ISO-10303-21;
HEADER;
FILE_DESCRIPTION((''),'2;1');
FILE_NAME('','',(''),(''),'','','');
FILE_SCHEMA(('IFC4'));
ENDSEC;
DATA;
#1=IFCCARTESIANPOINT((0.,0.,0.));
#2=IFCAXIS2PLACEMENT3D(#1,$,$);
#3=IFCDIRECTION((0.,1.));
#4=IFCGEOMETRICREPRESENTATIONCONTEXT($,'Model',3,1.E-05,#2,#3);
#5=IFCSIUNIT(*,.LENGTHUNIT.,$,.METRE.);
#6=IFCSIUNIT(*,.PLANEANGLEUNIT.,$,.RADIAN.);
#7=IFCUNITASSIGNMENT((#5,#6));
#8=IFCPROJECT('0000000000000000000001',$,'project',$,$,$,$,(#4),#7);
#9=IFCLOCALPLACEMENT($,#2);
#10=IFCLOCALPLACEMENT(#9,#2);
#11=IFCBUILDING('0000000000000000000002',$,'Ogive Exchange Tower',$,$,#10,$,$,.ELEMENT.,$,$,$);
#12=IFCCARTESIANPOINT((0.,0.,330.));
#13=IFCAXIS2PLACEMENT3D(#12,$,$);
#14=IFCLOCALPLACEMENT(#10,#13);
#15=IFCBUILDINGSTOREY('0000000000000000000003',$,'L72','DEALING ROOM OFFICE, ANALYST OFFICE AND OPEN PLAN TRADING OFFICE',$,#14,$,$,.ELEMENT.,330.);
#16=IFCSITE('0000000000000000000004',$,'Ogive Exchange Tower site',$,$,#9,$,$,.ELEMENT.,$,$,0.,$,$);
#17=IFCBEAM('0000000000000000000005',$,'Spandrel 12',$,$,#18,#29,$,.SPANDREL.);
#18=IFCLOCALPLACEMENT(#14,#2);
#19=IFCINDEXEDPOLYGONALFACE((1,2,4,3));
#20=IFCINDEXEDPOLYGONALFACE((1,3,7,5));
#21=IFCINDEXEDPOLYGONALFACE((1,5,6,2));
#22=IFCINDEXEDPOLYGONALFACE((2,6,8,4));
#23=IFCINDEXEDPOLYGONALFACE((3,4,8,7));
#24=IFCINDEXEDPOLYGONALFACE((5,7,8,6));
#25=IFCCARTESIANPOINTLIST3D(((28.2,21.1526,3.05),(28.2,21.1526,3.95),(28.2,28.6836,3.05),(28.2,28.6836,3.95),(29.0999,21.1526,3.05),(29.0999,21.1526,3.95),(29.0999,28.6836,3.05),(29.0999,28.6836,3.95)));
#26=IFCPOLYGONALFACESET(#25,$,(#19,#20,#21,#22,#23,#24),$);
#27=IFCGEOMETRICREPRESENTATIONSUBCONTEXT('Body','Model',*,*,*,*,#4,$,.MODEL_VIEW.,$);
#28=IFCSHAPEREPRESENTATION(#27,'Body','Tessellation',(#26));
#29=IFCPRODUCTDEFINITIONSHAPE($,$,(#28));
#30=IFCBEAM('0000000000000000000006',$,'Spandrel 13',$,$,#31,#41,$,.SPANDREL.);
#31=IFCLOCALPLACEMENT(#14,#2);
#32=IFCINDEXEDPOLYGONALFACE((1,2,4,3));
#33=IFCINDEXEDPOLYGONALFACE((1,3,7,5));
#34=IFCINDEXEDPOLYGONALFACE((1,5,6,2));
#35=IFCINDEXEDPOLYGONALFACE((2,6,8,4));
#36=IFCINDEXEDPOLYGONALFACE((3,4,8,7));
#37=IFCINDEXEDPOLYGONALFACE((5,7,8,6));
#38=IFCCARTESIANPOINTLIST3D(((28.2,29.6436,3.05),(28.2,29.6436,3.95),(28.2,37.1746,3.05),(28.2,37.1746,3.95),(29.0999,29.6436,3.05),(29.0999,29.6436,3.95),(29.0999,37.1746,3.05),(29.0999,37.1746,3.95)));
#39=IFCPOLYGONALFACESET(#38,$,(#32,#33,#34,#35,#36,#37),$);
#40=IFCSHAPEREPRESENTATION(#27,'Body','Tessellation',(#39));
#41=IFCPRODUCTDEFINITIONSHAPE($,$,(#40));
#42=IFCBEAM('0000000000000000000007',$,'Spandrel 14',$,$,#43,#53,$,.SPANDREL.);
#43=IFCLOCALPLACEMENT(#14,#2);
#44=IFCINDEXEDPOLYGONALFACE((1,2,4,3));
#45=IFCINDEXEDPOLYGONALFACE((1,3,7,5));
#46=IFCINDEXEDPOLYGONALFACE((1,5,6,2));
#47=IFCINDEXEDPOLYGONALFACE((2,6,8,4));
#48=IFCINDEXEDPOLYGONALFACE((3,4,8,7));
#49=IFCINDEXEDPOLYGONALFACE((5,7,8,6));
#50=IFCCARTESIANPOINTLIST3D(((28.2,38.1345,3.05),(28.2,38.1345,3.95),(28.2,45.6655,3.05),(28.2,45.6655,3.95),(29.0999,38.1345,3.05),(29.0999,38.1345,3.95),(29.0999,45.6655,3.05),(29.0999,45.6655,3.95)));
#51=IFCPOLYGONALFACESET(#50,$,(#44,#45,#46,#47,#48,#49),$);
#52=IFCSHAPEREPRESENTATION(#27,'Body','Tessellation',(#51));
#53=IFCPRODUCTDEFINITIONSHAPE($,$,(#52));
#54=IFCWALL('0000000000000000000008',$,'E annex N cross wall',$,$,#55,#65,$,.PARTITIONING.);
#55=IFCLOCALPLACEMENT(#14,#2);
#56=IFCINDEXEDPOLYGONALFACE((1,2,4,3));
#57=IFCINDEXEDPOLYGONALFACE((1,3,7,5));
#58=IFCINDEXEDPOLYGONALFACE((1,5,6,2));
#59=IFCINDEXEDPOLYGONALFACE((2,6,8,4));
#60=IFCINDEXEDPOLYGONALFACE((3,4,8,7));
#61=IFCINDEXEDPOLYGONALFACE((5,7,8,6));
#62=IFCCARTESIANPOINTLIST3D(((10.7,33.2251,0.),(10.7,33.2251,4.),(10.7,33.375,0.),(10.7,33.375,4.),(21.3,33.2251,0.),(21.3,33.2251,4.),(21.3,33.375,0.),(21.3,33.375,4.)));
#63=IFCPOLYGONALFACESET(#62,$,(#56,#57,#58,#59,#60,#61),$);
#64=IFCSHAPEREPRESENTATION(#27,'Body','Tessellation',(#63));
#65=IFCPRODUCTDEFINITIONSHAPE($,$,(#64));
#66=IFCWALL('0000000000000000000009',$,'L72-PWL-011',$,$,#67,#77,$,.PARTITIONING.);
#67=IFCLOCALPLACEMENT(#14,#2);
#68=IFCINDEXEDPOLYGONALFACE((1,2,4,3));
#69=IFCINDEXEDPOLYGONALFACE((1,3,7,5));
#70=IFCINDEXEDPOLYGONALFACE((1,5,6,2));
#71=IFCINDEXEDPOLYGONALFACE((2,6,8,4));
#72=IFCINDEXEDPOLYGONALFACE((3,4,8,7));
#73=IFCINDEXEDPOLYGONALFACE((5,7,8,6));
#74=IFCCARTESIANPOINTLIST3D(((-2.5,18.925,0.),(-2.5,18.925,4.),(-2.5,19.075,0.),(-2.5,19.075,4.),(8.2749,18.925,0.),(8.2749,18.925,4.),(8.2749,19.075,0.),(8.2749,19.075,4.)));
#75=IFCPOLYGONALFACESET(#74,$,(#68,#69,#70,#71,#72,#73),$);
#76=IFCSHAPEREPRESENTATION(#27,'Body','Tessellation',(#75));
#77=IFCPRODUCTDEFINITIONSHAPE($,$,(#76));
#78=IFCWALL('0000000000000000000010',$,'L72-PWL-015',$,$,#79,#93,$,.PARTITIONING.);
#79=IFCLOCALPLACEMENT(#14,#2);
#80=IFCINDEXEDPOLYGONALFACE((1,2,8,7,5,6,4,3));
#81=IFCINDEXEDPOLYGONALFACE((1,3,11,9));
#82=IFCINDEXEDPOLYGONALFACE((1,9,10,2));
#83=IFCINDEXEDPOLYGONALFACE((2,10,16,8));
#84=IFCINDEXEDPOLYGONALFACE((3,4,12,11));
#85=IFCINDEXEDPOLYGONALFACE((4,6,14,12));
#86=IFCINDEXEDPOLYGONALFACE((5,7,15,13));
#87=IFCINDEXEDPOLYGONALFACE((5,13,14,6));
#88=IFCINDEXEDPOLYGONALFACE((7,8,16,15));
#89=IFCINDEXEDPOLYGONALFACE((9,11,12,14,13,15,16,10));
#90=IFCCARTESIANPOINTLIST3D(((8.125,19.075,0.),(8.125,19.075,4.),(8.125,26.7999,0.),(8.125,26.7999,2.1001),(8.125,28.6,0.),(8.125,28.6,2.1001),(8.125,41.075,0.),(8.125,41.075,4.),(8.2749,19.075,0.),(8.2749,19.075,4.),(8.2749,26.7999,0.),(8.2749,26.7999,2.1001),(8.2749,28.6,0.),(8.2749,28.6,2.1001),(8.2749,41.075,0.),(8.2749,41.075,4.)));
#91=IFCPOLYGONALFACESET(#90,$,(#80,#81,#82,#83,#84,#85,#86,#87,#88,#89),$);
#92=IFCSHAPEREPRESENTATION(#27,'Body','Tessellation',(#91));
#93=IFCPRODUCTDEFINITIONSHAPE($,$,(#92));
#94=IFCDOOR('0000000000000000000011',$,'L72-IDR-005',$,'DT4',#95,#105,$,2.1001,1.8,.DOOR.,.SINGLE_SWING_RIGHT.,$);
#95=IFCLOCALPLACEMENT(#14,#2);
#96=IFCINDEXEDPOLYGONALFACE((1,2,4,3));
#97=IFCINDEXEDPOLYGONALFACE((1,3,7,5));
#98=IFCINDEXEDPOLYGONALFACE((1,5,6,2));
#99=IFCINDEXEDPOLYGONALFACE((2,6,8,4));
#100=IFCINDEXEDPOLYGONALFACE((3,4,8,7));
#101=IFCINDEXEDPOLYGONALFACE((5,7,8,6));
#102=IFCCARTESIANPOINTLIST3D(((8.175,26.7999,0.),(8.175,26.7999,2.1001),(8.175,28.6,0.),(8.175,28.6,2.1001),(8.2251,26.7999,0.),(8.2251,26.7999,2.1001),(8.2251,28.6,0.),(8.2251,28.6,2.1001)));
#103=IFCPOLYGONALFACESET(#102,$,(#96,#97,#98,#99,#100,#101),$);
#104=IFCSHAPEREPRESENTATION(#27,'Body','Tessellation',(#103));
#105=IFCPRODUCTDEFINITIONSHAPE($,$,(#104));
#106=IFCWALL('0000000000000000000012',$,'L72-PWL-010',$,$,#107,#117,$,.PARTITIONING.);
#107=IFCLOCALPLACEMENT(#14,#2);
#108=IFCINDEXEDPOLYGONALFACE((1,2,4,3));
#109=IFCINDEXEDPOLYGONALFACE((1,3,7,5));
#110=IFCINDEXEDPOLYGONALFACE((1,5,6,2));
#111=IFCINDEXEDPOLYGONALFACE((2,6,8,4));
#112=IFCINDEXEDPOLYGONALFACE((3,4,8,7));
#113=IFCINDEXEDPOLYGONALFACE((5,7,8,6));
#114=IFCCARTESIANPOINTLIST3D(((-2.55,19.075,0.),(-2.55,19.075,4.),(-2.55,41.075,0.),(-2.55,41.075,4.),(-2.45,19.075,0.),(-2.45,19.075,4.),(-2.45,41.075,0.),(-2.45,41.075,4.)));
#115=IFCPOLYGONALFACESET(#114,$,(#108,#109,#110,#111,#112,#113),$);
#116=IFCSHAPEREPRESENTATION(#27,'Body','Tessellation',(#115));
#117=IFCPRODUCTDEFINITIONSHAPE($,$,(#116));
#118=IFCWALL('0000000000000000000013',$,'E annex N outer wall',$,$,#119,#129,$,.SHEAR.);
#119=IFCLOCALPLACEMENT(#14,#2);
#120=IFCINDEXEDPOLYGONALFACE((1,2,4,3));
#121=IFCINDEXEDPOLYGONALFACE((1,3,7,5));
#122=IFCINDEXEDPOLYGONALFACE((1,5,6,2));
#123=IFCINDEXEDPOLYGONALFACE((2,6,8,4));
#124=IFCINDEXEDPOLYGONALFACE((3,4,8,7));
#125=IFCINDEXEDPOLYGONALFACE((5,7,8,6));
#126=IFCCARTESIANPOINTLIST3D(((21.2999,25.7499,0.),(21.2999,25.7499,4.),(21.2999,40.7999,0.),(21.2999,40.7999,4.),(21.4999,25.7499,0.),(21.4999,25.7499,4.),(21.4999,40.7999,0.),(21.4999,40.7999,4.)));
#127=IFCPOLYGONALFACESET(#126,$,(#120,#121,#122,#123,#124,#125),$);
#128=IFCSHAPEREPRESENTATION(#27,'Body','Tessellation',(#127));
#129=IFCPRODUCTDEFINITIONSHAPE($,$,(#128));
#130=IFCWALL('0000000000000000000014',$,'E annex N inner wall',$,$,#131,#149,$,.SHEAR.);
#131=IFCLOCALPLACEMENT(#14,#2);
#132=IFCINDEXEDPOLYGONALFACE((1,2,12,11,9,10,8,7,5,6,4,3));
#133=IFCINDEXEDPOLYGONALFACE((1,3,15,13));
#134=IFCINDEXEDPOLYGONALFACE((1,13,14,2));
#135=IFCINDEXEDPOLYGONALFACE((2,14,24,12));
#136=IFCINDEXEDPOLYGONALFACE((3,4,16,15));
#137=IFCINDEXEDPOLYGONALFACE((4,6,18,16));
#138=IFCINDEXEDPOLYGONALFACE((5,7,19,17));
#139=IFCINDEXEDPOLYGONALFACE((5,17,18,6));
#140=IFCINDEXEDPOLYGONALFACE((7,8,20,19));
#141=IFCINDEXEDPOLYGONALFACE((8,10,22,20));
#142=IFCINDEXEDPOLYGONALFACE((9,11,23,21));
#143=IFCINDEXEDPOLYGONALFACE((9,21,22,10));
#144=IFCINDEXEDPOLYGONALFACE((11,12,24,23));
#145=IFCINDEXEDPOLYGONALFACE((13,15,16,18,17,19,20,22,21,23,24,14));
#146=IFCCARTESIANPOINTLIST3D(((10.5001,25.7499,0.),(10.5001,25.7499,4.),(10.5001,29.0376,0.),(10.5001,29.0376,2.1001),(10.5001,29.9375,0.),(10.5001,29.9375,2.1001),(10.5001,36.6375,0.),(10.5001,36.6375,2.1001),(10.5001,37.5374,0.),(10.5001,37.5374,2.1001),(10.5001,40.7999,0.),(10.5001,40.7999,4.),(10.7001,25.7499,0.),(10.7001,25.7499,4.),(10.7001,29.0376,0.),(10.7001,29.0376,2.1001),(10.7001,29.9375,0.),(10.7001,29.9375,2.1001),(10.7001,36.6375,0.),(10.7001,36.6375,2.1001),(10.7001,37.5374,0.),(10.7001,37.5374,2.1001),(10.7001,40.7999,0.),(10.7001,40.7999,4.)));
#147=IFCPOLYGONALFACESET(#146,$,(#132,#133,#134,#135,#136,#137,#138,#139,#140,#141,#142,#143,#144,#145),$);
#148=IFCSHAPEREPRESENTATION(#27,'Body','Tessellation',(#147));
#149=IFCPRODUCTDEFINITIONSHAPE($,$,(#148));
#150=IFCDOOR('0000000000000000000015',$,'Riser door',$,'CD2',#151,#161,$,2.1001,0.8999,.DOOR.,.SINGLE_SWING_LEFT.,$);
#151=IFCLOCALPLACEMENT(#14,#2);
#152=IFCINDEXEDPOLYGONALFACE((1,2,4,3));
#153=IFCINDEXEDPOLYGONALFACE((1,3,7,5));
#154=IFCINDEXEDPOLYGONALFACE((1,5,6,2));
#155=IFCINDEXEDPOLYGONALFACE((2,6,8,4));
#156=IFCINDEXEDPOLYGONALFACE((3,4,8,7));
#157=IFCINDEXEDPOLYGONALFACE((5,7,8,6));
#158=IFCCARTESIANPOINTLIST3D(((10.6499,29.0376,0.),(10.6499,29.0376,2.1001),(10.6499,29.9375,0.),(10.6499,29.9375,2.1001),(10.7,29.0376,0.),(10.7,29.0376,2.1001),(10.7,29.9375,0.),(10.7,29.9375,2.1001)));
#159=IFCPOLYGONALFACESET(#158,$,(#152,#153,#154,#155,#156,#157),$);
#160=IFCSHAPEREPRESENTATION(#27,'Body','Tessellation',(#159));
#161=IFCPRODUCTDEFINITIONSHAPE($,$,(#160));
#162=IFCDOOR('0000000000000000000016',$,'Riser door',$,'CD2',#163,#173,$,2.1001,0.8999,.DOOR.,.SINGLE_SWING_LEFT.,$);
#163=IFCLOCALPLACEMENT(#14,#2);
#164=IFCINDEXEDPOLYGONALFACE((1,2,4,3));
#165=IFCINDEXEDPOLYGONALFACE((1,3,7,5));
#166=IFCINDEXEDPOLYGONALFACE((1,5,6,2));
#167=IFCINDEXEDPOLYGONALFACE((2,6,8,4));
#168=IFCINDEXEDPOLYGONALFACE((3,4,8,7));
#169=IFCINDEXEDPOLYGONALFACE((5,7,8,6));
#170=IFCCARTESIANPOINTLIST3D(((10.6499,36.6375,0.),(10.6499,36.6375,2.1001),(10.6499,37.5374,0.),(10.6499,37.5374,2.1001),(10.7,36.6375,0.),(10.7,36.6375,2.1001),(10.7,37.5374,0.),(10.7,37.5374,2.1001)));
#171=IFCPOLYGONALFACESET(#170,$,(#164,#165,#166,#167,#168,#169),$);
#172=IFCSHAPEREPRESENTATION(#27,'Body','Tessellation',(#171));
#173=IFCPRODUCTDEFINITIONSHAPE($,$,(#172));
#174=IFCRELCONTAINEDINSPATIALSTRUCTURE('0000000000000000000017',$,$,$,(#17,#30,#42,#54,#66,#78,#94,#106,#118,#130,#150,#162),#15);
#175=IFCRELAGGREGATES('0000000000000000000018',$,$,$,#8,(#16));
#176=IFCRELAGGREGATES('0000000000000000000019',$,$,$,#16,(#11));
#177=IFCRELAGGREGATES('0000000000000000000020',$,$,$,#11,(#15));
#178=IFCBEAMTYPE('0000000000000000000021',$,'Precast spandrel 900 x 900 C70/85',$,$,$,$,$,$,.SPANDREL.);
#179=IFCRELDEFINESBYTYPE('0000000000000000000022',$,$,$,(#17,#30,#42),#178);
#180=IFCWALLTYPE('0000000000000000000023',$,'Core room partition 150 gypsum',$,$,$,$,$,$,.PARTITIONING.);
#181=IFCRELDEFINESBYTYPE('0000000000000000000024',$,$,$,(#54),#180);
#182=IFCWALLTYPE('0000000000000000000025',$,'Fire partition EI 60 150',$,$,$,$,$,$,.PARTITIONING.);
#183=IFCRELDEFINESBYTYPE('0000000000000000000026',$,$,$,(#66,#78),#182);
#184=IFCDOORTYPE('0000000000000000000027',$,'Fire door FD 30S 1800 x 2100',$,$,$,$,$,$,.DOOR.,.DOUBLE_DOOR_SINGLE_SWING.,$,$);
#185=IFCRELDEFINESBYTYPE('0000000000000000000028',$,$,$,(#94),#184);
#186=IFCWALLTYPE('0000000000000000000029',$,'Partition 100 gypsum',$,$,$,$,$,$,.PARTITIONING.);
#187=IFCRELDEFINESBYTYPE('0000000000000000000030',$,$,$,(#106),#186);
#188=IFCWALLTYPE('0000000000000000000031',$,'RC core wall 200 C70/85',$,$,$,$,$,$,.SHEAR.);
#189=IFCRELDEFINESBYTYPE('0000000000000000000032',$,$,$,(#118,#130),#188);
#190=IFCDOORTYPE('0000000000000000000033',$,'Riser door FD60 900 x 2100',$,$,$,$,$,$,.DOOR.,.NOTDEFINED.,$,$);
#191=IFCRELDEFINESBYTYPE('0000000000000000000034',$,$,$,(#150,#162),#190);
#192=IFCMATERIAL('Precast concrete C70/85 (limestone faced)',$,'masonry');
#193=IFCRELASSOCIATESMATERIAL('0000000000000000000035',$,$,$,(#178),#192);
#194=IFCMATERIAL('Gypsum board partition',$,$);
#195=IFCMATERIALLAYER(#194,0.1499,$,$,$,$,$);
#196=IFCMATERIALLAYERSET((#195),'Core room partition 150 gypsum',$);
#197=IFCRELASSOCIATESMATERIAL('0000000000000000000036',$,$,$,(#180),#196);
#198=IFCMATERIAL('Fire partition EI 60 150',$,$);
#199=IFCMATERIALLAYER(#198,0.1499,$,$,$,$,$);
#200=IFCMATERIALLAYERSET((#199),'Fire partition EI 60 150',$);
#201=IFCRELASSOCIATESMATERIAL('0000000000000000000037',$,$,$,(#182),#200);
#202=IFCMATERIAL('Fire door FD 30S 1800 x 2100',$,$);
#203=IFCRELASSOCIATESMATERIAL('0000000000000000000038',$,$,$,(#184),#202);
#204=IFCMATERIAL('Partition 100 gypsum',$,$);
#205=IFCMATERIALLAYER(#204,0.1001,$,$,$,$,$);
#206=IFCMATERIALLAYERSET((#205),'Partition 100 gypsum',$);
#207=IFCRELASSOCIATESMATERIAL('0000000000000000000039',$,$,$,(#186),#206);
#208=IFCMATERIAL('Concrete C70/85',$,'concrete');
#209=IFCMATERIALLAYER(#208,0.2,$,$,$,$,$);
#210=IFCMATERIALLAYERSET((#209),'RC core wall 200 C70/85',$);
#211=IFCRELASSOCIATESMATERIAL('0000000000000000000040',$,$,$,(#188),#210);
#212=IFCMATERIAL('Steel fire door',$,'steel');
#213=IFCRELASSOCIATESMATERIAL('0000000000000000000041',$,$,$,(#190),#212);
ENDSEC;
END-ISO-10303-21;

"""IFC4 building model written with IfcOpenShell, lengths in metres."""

from ifc_helpers import new_model, si_unit, direction, frame, frame_2d, origin, origin_2d, place, context, subcontext, project, spatial, rectangle, extrude, material, layer, layer_set, material_profile, profile_set, type_object, element, fill, save


model = new_model("IFC4")

# Units and contexts
model_context = context("Model", 3, precision=1e-05, world=origin(), true_north=direction((0.0, 1.0)))
body_context = subcontext(model_context, "Body", "Model", "MODEL_VIEW")
ifc_project = project(units=[si_unit("LENGTHUNIT", "METRE"), si_unit("PLANEANGLEUNIT", "RADIAN")], contexts=[model_context])

# Site, building, storey
site_placement = place(None, origin())
site = spatial("IfcSite", under=ifc_project, at=site_placement, Name="Ogive Exchange Tower site", CompositionType="ELEMENT", RefElevation=0.0)
building_placement = place(site_placement, origin())
building = spatial("IfcBuilding", under=site, at=building_placement, Name="Ogive Exchange Tower", CompositionType="ELEMENT")
storey_placement = place(building_placement, frame((0.0, 0.0, 330.0)))
storey = spatial("IfcBuildingStorey", under=building, at=storey_placement, Name="L72", Description="DEALING ROOM OFFICE, ANALYST OFFICE AND OPEN PLAN TRADING OFFICE", CompositionType="ELEMENT", Elevation=330.0)

# Shared definitions
ifc_material_1 = material(Name="Precast concrete C70/85 (limestone faced)", Category="masonry")

# Beams
ifc_material_profile_1 = material_profile(ifc_material_1, rectangle(XDim=0.8999, YDim=0.8999, at=origin_2d()), Name="900 x 900")
ifc_profile_set_1 = profile_set([ifc_material_profile_1], Name="Precast concrete C70/85 (limestone faced)")
beam_type_1 = type_object("IfcBeamType", Name="Precast spandrel 900 x 900 C70/85", PredefinedType="SPANDREL", material=ifc_profile_set_1)
for number, where, z_axis, x_axis, name in (
    (1, (28.6499, 21.1526, 3.5), (0.0, 1.0, 0.0), (-1.0, 0.0, 0.0), "Spandrel 12"),
    (2, (28.6499, 29.6436, 3.5), (0.0, 1.0, 0.0), (-1.0, 0.0, 0.0), "Spandrel 13"),
    (3, (28.6499, 38.1345, 3.5), (0.0, 1.0, 0.0), (-1.0, 0.0, 0.0), "Spandrel 14"),
):
    element("IfcBeam", number, at=place(storey_placement, frame(where, z_axis=z_axis, x_axis=x_axis)), inside=storey, type_object=beam_type_1, Name=name, PredefinedType="SPANDREL", context=body_context, shape_type="SweptSolid", body=[
        extrude(rectangle(XDim=0.8999, YDim=0.8999, at=origin_2d()), origin(), (0.0, 0.0, 1.0), 7.531),
    ])

# Walls
ifc_material_2 = material(Name="Gypsum board partition")
ifc_layer_1 = layer(ifc_material_2, 0.1499)
ifc_layer_set_1 = layer_set([ifc_layer_1], Name="Core room partition 150 gypsum")
wall_type_1 = type_object("IfcWallType", Name="Core room partition 150 gypsum", PredefinedType="PARTITIONING", material=ifc_layer_set_1)
wall_1_placement = place(storey_placement, frame((10.7, 33.3, 0.0), z_axis=(0.0, 0.0, 1.0), x_axis=(1.0, 0.0, 0.0)))
element("IfcWall", 4, at=wall_1_placement, inside=storey, type_object=wall_type_1, Name="E annex N cross wall", PredefinedType="PARTITIONING", context=body_context, shape_type="SweptSolid", body=[
    extrude(rectangle(XDim=10.6001, YDim=0.1499, at=frame_2d((5.3, 0.0))), origin(), (0.0, 0.0, 1.0), 4.0),
])
ifc_material_3 = material(Name="Fire partition EI 60 150")
ifc_layer_2 = layer(ifc_material_3, 0.1499)
ifc_layer_set_2 = layer_set([ifc_layer_2], Name="Fire partition EI 60 150")
wall_type_2 = type_object("IfcWallType", Name="Fire partition EI 60 150", PredefinedType="PARTITIONING", material=ifc_layer_set_2)
wall_2_placement = place(storey_placement, frame((-2.5, 19.0, 0.0), z_axis=(0.0, 0.0, 1.0), x_axis=(1.0, 0.0, 0.0)))
element("IfcWall", 5, at=wall_2_placement, inside=storey, type_object=wall_type_2, Name="L72-PWL-011", PredefinedType="PARTITIONING", context=body_context, shape_type="SweptSolid", body=[
    extrude(rectangle(XDim=10.7749, YDim=0.1499, at=frame_2d((5.3875, 0.0))), origin(), (0.0, 0.0, 1.0), 4.0),
])

# Wall, opening, door
wall_3_placement = place(storey_placement, frame((8.2, 19.075, 0.0), z_axis=(0.0, 0.0, 1.0), x_axis=(0.0, 1.0, 0.0)))
wall_3 = element("IfcWall", 6, at=wall_3_placement, inside=storey, type_object=wall_type_2, Name="L72-PWL-015", PredefinedType="PARTITIONING", context=body_context, shape_type="SweptSolid", body=[
    extrude(rectangle(XDim=22.0, YDim=0.1499, at=frame_2d((11.0, 0.0))), origin(), (0.0, 0.0, 1.0), 4.0),
])
opening_1_placement = place(wall_3_placement, frame((7.7251, 0.0, 0.0)))
opening_1 = element("IfcOpeningElement", 7, at=opening_1_placement, cuts=wall_3, PredefinedType="OPENING", context=body_context, shape_type="SweptSolid", body=[
    extrude(rectangle(XDim=1.8, YDim=2.1001, at=frame_2d((0.8999, 1.05))), frame((0.0, 0.085, 0.0), z_axis=(0.0, -1.0, 0.0), x_axis=(1.0, 0.0, 0.0)), (0.0, 0.0, 1.0), 0.1699),
])
ifc_material_4 = material(Name="Fire door FD 30S 1800 x 2100")
door_type_1 = type_object("IfcDoorType", Name="Fire door FD 30S 1800 x 2100", OperationType="DOUBLE_DOOR_SINGLE_SWING", PredefinedType="DOOR", material=ifc_material_4)
door_1_placement = place(opening_1_placement, origin())
door_1 = element("IfcDoor", 8, at=door_1_placement, inside=storey, type_object=door_type_1, Name="L72-IDR-005", ObjectType="DT4", OperationType="SINGLE_SWING_RIGHT", OverallHeight=2.1001, OverallWidth=1.8, PredefinedType="DOOR", context=body_context, shape_type="SweptSolid", body=[
    extrude(rectangle(XDim=1.8, YDim=2.1001, at=frame_2d((0.8999, 1.05))), frame((0.0, 0.0249, 0.0), z_axis=(0.0, -1.0, 0.0), x_axis=(1.0, 0.0, 0.0)), (0.0, 0.0, 1.0), 0.05),
])
fill(opening_1, door_1)

# Walls
ifc_material_5 = material(Name="Partition 100 gypsum")
ifc_layer_3 = layer(ifc_material_5, 0.1001)
ifc_layer_set_3 = layer_set([ifc_layer_3], Name="Partition 100 gypsum")
wall_type_3 = type_object("IfcWallType", Name="Partition 100 gypsum", PredefinedType="PARTITIONING", material=ifc_layer_set_3)
wall_4_placement = place(storey_placement, frame((-2.5, 19.075, 0.0), z_axis=(0.0, 0.0, 1.0), x_axis=(0.0, 1.0, 0.0)))
element("IfcWall", 9, at=wall_4_placement, inside=storey, type_object=wall_type_3, Name="L72-PWL-010", PredefinedType="PARTITIONING", context=body_context, shape_type="SweptSolid", body=[
    extrude(rectangle(XDim=22.0, YDim=0.1001, at=frame_2d((11.0, 0.0))), origin(), (0.0, 0.0, 1.0), 4.0),
])
ifc_material_6 = material(Name="Concrete C70/85", Category="concrete")
ifc_layer_4 = layer(ifc_material_6, 0.2)
ifc_layer_set_4 = layer_set([ifc_layer_4], Name="RC core wall 200 C70/85")
wall_type_4 = type_object("IfcWallType", Name="RC core wall 200 C70/85", PredefinedType="SHEAR", material=ifc_layer_set_4)
wall_5_placement = place(storey_placement, frame((21.3999, 25.75, 0.0), z_axis=(0.0, 0.0, 1.0), x_axis=(0.0, 1.0, 0.0)))
element("IfcWall", 10, at=wall_5_placement, inside=storey, type_object=wall_type_4, Name="E annex N outer wall", PredefinedType="SHEAR", context=body_context, shape_type="SweptSolid", body=[
    extrude(rectangle(XDim=15.05, YDim=0.2, at=frame_2d((7.5249, 0.0))), origin(), (0.0, 0.0, 1.0), 4.0),
])

# Wall, openings, doors
wall_6_placement = place(storey_placement, frame((10.6001, 25.75, 0.0), z_axis=(0.0, 0.0, 1.0), x_axis=(0.0, 1.0, 0.0)))
wall_6 = element("IfcWall", 11, at=wall_6_placement, inside=storey, type_object=wall_type_4, Name="E annex N inner wall", PredefinedType="SHEAR", context=body_context, shape_type="SweptSolid", body=[
    extrude(rectangle(XDim=15.05, YDim=0.2, at=frame_2d((7.5249, 0.0))), origin(), (0.0, 0.0, 1.0), 4.0),
])
opening_2_placement = place(wall_6_placement, frame((3.2876, 0.0, 0.0)))
opening_2 = element("IfcOpeningElement", 12, at=opening_2_placement, cuts=wall_6, PredefinedType="OPENING", context=body_context, shape_type="SweptSolid", body=[
    extrude(rectangle(XDim=0.8999, YDim=2.1001, at=frame_2d((0.45, 1.05))), frame((0.0, 0.1099, 0.0), z_axis=(0.0, -1.0, 0.0), x_axis=(1.0, 0.0, 0.0)), (0.0, 0.0, 1.0), 0.22),
])
opening_3_placement = place(wall_6_placement, frame((10.8875, 0.0, 0.0)))
opening_3 = element("IfcOpeningElement", 13, at=opening_3_placement, cuts=wall_6, PredefinedType="OPENING", context=body_context, shape_type="SweptSolid", body=[
    extrude(rectangle(XDim=0.8999, YDim=2.1001, at=frame_2d((0.45, 1.05))), frame((0.0, 0.1099, 0.0), z_axis=(0.0, -1.0, 0.0), x_axis=(1.0, 0.0, 0.0)), (0.0, 0.0, 1.0), 0.22),
])
ifc_material_7 = material(Name="Steel fire door", Category="steel")
door_type_2 = type_object("IfcDoorType", Name="Riser door FD60 900 x 2100", OperationType="NOTDEFINED", PredefinedType="DOOR", material=ifc_material_7)
door_2_placement = place(opening_2_placement, origin())
door_2 = element("IfcDoor", 14, at=door_2_placement, inside=storey, type_object=door_type_2, Name="Riser door", ObjectType="CD2", OperationType="SINGLE_SWING_LEFT", OverallHeight=2.1001, OverallWidth=0.8999, PredefinedType="DOOR", context=body_context, shape_type="SweptSolid", body=[
    extrude(rectangle(XDim=0.8999, YDim=2.1001, at=frame_2d((0.45, 1.05))), frame((0.0, -0.0498, 0.0), z_axis=(0.0, -1.0, 0.0), x_axis=(1.0, 0.0, 0.0)), (0.0, 0.0, 1.0), 0.05),
])
fill(opening_2, door_2)
door_3_placement = place(opening_3_placement, origin())
door_3 = element("IfcDoor", 15, at=door_3_placement, inside=storey, type_object=door_type_2, Name="Riser door", ObjectType="CD2", OperationType="SINGLE_SWING_LEFT", OverallHeight=2.1001, OverallWidth=0.8999, PredefinedType="DOOR", context=body_context, shape_type="SweptSolid", body=[
    extrude(rectangle(XDim=0.8999, YDim=2.1001, at=frame_2d((0.45, 1.05))), frame((0.0, -0.0498, 0.0), z_axis=(0.0, -1.0, 0.0), x_axis=(1.0, 0.0, 0.0)), (0.0, 0.0, 1.0), 0.05),
])
fill(opening_3, door_3)

save(model, "model.ifc")
